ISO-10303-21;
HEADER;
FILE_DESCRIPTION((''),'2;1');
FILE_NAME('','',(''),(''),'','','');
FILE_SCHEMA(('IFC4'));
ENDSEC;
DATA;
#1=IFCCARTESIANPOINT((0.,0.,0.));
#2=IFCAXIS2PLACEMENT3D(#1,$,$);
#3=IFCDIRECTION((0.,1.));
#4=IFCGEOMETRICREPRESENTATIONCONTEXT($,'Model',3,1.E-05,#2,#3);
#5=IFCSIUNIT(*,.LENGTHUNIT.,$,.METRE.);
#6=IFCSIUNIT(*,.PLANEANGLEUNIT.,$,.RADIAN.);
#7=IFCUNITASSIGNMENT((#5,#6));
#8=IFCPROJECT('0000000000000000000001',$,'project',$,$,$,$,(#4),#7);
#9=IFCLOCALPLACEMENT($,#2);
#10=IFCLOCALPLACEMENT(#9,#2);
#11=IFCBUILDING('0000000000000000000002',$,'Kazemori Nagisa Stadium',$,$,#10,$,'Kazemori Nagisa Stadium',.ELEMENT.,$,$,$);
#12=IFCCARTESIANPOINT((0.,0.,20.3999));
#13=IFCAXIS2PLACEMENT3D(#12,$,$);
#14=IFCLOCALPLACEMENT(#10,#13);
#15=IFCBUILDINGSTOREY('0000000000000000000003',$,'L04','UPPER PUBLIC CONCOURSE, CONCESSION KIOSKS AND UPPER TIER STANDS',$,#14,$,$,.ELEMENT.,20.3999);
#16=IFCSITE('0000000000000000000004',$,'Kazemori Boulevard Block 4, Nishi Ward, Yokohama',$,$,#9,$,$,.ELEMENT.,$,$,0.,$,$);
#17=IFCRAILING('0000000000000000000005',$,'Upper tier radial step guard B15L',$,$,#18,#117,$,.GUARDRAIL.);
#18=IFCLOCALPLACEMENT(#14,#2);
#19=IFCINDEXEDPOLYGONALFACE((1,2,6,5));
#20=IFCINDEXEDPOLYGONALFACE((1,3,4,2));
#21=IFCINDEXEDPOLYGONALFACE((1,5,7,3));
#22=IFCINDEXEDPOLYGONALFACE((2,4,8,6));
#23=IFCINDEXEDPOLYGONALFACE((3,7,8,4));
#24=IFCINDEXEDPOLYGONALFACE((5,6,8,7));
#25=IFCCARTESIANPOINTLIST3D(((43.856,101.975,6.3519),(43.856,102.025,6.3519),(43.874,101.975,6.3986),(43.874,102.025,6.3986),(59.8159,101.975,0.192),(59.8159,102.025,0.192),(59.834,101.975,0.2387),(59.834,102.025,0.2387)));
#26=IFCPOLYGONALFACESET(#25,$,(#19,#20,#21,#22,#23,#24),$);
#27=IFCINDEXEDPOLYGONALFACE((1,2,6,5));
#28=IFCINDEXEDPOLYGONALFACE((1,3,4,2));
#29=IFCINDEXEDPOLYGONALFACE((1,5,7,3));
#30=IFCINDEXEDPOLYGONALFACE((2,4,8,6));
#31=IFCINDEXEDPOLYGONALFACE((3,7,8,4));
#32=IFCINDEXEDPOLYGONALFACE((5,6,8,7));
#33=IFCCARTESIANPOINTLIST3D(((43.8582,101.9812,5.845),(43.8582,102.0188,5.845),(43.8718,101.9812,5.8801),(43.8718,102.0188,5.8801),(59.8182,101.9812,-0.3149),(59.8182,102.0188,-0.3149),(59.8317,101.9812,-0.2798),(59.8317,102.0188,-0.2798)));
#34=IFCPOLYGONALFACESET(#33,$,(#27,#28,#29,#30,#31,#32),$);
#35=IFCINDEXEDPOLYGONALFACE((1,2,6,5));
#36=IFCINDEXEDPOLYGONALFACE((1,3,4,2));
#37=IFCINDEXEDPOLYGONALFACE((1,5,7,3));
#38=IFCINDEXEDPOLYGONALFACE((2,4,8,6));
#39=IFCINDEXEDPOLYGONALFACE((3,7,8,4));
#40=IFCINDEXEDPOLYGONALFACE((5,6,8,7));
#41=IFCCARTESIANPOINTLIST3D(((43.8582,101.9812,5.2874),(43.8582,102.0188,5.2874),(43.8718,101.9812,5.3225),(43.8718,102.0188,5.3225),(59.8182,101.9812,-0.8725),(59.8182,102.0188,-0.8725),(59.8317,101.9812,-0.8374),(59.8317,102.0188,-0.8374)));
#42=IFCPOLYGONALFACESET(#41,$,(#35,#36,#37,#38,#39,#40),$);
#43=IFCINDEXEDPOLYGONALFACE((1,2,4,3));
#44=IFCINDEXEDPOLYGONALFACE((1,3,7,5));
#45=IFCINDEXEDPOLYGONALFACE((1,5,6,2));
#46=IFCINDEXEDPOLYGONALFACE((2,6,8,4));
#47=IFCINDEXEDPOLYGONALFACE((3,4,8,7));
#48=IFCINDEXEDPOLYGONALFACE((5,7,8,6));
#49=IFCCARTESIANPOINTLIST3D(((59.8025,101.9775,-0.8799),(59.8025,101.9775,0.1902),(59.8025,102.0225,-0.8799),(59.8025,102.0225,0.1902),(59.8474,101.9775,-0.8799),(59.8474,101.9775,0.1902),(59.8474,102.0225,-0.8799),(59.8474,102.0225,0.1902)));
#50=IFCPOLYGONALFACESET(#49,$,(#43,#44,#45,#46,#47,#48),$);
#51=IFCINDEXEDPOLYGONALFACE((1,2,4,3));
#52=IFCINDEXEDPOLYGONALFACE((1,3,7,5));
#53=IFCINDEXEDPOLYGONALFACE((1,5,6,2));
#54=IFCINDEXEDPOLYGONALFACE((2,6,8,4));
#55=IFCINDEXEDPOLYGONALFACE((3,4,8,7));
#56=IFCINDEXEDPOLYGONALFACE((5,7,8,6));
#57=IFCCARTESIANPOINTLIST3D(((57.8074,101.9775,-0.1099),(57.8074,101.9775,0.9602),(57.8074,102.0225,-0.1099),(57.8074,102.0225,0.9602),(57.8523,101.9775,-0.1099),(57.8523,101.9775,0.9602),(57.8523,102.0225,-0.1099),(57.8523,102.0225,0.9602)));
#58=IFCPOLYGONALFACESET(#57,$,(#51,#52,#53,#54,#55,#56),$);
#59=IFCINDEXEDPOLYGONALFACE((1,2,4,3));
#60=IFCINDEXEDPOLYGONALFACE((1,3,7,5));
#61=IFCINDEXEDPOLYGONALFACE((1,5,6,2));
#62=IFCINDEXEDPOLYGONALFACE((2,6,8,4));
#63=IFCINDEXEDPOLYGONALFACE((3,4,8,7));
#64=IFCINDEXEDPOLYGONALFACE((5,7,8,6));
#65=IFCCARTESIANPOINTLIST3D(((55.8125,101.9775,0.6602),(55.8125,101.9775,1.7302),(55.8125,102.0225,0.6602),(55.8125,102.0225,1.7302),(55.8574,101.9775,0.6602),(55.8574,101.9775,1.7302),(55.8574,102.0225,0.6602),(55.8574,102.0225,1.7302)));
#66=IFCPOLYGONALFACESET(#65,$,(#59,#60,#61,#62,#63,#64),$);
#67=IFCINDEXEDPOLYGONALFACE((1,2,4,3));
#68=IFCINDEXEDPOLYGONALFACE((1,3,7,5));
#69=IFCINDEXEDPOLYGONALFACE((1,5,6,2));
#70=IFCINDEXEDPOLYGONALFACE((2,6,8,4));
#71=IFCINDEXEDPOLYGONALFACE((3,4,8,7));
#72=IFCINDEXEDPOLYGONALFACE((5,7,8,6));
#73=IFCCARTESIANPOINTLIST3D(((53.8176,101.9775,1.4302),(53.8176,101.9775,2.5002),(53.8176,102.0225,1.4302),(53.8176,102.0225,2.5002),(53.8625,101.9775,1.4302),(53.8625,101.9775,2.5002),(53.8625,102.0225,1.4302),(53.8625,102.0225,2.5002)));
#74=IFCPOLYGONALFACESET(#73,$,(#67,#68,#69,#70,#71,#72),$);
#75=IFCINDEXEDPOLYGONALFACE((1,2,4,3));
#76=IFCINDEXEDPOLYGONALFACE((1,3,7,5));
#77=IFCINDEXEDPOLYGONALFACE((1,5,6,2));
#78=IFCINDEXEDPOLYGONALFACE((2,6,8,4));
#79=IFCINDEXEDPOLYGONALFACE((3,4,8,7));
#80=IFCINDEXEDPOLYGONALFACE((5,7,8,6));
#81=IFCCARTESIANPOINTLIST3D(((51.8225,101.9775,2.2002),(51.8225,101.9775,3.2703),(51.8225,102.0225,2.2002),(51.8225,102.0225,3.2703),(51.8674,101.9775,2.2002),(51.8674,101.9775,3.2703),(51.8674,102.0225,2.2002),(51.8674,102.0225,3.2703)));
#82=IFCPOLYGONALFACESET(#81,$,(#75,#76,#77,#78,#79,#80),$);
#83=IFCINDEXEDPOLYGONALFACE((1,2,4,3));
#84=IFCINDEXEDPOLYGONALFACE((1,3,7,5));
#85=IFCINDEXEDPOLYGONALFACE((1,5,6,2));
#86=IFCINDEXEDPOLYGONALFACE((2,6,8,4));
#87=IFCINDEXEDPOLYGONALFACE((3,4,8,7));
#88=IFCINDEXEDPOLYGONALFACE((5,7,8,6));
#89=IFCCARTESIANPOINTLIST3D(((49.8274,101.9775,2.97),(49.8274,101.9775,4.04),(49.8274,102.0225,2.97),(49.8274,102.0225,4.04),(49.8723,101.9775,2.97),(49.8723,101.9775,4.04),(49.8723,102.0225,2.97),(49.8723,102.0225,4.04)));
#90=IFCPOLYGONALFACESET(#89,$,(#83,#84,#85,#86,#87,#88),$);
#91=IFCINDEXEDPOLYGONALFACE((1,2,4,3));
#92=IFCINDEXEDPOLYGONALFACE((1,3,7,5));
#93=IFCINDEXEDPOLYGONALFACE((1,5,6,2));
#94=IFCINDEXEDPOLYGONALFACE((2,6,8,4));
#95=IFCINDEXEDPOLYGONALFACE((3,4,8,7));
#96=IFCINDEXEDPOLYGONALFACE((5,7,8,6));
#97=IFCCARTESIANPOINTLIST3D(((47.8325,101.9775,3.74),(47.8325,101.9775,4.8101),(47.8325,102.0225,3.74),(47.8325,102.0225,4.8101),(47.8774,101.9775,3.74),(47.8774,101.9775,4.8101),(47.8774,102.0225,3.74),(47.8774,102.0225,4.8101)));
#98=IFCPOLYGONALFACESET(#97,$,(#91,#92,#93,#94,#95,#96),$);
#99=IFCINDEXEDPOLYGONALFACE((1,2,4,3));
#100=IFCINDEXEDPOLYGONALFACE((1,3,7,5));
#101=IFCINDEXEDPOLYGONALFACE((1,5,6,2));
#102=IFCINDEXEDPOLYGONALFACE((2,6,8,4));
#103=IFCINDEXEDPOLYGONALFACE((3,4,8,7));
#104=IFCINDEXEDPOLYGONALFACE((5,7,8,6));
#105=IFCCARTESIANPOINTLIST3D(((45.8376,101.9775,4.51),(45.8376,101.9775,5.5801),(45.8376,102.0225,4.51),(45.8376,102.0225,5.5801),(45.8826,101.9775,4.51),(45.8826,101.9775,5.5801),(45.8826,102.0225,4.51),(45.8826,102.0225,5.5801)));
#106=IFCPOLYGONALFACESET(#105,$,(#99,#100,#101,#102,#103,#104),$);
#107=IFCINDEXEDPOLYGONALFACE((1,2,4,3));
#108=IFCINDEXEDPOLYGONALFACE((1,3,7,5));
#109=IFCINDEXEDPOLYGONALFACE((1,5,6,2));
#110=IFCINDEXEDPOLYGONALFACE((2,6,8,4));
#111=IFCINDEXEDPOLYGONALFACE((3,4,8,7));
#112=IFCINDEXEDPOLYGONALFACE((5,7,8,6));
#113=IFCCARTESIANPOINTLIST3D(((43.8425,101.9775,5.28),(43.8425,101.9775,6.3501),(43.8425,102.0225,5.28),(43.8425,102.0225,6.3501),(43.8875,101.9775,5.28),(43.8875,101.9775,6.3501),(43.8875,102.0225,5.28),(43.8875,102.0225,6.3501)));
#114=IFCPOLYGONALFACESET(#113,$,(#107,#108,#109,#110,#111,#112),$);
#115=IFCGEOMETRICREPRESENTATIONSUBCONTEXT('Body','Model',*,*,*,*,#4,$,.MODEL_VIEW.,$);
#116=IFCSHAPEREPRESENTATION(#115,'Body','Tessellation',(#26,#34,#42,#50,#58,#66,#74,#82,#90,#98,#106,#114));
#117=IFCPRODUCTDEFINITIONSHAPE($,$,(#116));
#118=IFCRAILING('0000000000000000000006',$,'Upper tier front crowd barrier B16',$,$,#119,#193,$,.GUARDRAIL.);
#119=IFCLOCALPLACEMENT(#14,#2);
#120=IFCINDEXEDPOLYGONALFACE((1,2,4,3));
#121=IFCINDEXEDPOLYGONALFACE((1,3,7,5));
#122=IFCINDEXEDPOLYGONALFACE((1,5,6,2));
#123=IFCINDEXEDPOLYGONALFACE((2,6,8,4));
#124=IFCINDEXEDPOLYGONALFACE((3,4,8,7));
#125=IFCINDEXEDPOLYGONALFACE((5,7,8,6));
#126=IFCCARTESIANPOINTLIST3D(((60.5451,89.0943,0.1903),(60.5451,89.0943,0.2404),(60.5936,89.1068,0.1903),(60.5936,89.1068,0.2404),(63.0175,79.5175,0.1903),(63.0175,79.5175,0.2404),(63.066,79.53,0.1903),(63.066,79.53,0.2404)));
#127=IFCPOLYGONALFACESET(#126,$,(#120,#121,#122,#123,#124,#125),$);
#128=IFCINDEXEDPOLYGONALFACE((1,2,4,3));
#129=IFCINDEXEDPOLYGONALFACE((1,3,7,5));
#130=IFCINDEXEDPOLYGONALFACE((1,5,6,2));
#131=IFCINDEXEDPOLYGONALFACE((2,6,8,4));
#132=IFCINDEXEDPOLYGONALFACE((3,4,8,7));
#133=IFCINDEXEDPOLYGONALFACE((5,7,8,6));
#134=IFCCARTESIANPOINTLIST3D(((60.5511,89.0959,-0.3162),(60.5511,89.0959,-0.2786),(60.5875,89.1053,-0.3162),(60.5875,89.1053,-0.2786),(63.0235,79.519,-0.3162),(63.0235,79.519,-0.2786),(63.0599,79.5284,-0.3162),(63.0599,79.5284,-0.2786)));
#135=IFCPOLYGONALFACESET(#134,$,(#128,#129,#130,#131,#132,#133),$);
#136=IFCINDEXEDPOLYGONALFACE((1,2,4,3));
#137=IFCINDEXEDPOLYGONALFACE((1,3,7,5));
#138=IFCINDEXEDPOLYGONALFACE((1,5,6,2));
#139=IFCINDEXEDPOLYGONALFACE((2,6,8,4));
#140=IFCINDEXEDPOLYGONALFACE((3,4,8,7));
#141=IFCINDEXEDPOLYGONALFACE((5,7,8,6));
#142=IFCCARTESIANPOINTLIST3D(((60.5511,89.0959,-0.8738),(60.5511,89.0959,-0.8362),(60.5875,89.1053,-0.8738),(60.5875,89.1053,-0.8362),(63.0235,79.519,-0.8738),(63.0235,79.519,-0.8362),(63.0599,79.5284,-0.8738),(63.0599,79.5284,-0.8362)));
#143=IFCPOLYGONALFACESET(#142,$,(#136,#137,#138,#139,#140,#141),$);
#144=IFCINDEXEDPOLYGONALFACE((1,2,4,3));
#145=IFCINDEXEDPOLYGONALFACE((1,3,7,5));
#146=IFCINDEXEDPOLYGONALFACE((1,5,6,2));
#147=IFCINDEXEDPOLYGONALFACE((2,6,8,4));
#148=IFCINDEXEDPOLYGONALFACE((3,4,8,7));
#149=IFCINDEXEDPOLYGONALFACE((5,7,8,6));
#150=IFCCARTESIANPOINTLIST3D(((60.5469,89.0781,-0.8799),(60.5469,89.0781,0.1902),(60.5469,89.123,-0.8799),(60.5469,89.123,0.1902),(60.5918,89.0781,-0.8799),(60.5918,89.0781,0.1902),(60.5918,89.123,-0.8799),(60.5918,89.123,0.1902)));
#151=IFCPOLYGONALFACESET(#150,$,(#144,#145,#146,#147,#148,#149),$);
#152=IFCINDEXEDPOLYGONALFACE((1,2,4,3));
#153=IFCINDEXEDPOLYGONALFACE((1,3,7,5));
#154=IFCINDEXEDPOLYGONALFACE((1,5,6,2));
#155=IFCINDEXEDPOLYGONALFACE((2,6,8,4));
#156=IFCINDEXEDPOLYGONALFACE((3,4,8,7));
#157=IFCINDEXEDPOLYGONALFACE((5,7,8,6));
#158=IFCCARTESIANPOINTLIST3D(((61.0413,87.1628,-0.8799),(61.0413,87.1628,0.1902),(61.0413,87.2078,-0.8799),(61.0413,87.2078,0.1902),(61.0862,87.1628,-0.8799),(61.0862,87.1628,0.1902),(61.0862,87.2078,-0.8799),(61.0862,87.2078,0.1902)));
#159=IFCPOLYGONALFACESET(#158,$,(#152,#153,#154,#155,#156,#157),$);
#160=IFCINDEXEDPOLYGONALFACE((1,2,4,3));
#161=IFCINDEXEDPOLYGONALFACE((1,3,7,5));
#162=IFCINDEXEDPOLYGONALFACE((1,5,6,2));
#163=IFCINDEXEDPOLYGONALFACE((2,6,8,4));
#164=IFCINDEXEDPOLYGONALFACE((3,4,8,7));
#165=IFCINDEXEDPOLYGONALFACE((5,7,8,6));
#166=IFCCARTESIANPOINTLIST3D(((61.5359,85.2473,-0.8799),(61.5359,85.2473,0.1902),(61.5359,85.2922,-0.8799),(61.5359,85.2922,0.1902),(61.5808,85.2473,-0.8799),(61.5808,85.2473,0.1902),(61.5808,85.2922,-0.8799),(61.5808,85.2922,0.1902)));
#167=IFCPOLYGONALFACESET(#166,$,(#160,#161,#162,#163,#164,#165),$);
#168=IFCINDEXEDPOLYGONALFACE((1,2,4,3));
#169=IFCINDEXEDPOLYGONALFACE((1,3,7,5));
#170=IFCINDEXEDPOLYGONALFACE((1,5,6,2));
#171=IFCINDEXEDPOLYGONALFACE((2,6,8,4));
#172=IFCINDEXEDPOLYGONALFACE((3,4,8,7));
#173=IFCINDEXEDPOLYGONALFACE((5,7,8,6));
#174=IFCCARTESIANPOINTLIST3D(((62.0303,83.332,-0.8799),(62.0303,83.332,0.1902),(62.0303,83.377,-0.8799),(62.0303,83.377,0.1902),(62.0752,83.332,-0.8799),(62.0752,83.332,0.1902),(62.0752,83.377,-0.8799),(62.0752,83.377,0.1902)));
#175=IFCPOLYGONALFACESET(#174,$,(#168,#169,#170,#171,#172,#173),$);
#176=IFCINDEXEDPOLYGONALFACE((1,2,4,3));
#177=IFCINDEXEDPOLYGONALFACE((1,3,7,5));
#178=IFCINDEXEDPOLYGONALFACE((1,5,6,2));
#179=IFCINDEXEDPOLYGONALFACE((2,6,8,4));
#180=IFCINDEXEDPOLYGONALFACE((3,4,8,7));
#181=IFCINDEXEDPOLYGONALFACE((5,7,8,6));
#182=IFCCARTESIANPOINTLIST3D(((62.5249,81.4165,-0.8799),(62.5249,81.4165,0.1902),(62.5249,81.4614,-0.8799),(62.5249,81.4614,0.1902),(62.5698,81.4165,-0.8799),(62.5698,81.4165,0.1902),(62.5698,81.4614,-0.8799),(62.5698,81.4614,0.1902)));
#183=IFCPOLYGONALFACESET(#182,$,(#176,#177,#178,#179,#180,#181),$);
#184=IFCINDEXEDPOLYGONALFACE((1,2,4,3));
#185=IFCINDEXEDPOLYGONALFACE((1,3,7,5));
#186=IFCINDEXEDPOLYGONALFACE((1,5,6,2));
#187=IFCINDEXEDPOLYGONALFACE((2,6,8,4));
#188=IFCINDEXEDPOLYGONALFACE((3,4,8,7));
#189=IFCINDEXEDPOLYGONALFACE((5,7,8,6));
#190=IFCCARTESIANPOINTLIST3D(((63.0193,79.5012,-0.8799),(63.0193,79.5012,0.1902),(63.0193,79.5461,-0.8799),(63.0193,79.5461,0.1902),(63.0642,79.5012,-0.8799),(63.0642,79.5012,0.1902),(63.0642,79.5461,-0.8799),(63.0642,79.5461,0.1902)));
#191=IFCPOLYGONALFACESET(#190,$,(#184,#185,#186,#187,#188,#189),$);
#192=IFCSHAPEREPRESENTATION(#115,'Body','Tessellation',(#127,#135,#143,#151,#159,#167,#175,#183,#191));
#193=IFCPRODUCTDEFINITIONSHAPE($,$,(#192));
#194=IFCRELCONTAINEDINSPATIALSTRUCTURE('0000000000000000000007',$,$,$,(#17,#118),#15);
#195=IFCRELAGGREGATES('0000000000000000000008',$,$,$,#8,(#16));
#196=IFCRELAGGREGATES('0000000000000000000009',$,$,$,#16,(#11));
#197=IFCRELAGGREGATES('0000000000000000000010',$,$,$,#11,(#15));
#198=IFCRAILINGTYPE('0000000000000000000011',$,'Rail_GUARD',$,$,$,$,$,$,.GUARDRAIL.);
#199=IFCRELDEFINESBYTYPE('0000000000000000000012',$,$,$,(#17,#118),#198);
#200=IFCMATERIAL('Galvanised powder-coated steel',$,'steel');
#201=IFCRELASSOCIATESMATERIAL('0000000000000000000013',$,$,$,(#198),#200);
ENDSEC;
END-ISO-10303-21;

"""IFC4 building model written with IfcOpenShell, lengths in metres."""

from ifc_helpers import new_model, si_unit, direction, frame, origin, origin_2d, place, context, subcontext, project, spatial, rectangle, extrude, material, type_object, element, save


model = new_model("IFC4")

# Units and contexts
model_context = context("Model", 3, precision=1e-05, world=origin(), true_north=direction((0.0, 1.0)))
body_context = subcontext(model_context, "Body", "Model", "MODEL_VIEW")
ifc_project = project(units=[si_unit("LENGTHUNIT", "METRE"), si_unit("PLANEANGLEUNIT", "RADIAN")], contexts=[model_context])

# Site, building, storey
site_placement = place(None, origin())
site = spatial("IfcSite", under=ifc_project, at=site_placement, Name="Kazemori Boulevard Block 4, Nishi Ward, Yokohama", CompositionType="ELEMENT", RefElevation=0.0)
building_placement = place(site_placement, origin())
building = spatial("IfcBuilding", under=site, at=building_placement, Name="Kazemori Nagisa Stadium", LongName="Kazemori Nagisa Stadium", CompositionType="ELEMENT")
storey_placement = place(building_placement, frame((0.0, 0.0, 20.3999)))
storey = spatial("IfcBuildingStorey", under=building, at=storey_placement, Name="L04", Description="UPPER PUBLIC CONCOURSE, CONCESSION KIOSKS AND UPPER TIER STANDS", CompositionType="ELEMENT", Elevation=20.3999)

# Railings
ifc_material_1 = material(Name="Galvanised powder-coated steel", Category="steel")
railing_type = type_object("IfcRailingType", Name="Rail_GUARD", PredefinedType="GUARDRAIL", material=ifc_material_1)
railing_1_placement = place(storey_placement, frame((59.825, 102.0, -0.8799)))
element("IfcRailing", 1, at=railing_1_placement, inside=storey, type_object=railing_type, Name="Upper tier radial step guard B15L", PredefinedType="GUARDRAIL", context=body_context, shape_type="SweptSolid", body=[
    extrude(rectangle(XDim=0.05, YDim=0.05, at=origin_2d()), frame((0.0, 0.0, 1.0952), z_axis=(-0.932925, 0.0, 0.360072), x_axis=(0.0, -1.0, 0.0)), (0.0, 0.0, 1.0), 17.1074),
    extrude(rectangle(XDim=0.0376, YDim=0.0376, at=origin_2d()), frame((0.0, 0.0, 0.5825), z_axis=(-0.932925, 0.0, 0.360072), x_axis=(0.0, -1.0, 0.0)), (0.0, 0.0, 1.0), 17.1074),
    extrude(rectangle(XDim=0.0376, YDim=0.0376, at=origin_2d()), frame((0.0, 0.0, 0.0249), z_axis=(-0.932925, 0.0, 0.360072), x_axis=(0.0, -1.0, 0.0)), (0.0, 0.0, 1.0), 17.1074),
    extrude(rectangle(XDim=0.0449, YDim=0.0449, at=origin_2d()), origin(), (0.0, 0.0, 1.0), 1.0701),
    extrude(rectangle(XDim=0.0449, YDim=0.0449, at=origin_2d()), frame((-1.9951, 0.0, 0.77)), (0.0, 0.0, 1.0), 1.0701),
    extrude(rectangle(XDim=0.0449, YDim=0.0449, at=origin_2d()), frame((-3.99, 0.0, 1.54)), (0.0, 0.0, 1.0), 1.0701),
    extrude(rectangle(XDim=0.0449, YDim=0.0449, at=origin_2d()), frame((-5.9849, 0.0, 2.3101)), (0.0, 0.0, 1.0), 1.0701),
    extrude(rectangle(XDim=0.0449, YDim=0.0449, at=origin_2d()), frame((-7.98, 0.0, 3.0801)), (0.0, 0.0, 1.0), 1.0701),
    extrude(rectangle(XDim=0.0449, YDim=0.0449, at=origin_2d()), frame((-9.9751, 0.0, 3.8499)), (0.0, 0.0, 1.0), 1.0701),
    extrude(rectangle(XDim=0.0449, YDim=0.0449, at=origin_2d()), frame((-11.97, 0.0, 4.6199)), (0.0, 0.0, 1.0), 1.0701),
    extrude(rectangle(XDim=0.0449, YDim=0.0449, at=origin_2d()), frame((-13.9648, 0.0, 5.3899)), (0.0, 0.0, 1.0), 1.0701),
    extrude(rectangle(XDim=0.0449, YDim=0.0449, at=origin_2d()), frame((-15.96, 0.0, 6.1599)), (0.0, 0.0, 1.0), 1.0701),
])
railing_2_placement = place(storey_placement, frame((60.5693, 89.1006, -0.8799)))
element("IfcRailing", 2, at=railing_2_placement, inside=storey, type_object=railing_type, Name="Upper tier front crowd barrier B16", PredefinedType="GUARDRAIL", context=body_context, shape_type="SweptSolid", body=[
    extrude(rectangle(XDim=0.05, YDim=0.05, at=origin_2d()), frame((0.0, 0.0, 1.0952), z_axis=(0.249968, -0.968254, 0.0), x_axis=(0.968254, 0.249968, 0.0)), (0.0, 0.0, 1.0), 9.8909),
    extrude(rectangle(XDim=0.0376, YDim=0.0376, at=origin_2d()), frame((0.0, 0.0, 0.5825), z_axis=(0.249968, -0.968254, 0.0), x_axis=(0.968254, 0.249968, 0.0)), (0.0, 0.0, 1.0), 9.8909),
    extrude(rectangle(XDim=0.0376, YDim=0.0376, at=origin_2d()), frame((0.0, 0.0, 0.0249), z_axis=(0.249968, -0.968254, 0.0), x_axis=(0.968254, 0.249968, 0.0)), (0.0, 0.0, 1.0), 9.8909),
    extrude(rectangle(XDim=0.0449, YDim=0.0449, at=origin_2d()), origin(), (0.0, 0.0, 1.0), 1.0701),
    extrude(rectangle(XDim=0.0449, YDim=0.0449, at=origin_2d()), frame((0.4944, -1.9153, 0.0)), (0.0, 0.0, 1.0), 1.0701),
    extrude(rectangle(XDim=0.0449, YDim=0.0449, at=origin_2d()), frame((0.989, -3.8308, 0.0)), (0.0, 0.0, 1.0), 1.0701),
    extrude(rectangle(XDim=0.0449, YDim=0.0449, at=origin_2d()), frame((1.4834, -5.7461, 0.0)), (0.0, 0.0, 1.0), 1.0701),
    extrude(rectangle(XDim=0.0449, YDim=0.0449, at=origin_2d()), frame((1.978, -7.6616, 0.0)), (0.0, 0.0, 1.0), 1.0701),
    extrude(rectangle(XDim=0.0449, YDim=0.0449, at=origin_2d()), frame((2.4724, -9.5769, 0.0)), (0.0, 0.0, 1.0), 1.0701),
])

save(model, "model.ifc")
